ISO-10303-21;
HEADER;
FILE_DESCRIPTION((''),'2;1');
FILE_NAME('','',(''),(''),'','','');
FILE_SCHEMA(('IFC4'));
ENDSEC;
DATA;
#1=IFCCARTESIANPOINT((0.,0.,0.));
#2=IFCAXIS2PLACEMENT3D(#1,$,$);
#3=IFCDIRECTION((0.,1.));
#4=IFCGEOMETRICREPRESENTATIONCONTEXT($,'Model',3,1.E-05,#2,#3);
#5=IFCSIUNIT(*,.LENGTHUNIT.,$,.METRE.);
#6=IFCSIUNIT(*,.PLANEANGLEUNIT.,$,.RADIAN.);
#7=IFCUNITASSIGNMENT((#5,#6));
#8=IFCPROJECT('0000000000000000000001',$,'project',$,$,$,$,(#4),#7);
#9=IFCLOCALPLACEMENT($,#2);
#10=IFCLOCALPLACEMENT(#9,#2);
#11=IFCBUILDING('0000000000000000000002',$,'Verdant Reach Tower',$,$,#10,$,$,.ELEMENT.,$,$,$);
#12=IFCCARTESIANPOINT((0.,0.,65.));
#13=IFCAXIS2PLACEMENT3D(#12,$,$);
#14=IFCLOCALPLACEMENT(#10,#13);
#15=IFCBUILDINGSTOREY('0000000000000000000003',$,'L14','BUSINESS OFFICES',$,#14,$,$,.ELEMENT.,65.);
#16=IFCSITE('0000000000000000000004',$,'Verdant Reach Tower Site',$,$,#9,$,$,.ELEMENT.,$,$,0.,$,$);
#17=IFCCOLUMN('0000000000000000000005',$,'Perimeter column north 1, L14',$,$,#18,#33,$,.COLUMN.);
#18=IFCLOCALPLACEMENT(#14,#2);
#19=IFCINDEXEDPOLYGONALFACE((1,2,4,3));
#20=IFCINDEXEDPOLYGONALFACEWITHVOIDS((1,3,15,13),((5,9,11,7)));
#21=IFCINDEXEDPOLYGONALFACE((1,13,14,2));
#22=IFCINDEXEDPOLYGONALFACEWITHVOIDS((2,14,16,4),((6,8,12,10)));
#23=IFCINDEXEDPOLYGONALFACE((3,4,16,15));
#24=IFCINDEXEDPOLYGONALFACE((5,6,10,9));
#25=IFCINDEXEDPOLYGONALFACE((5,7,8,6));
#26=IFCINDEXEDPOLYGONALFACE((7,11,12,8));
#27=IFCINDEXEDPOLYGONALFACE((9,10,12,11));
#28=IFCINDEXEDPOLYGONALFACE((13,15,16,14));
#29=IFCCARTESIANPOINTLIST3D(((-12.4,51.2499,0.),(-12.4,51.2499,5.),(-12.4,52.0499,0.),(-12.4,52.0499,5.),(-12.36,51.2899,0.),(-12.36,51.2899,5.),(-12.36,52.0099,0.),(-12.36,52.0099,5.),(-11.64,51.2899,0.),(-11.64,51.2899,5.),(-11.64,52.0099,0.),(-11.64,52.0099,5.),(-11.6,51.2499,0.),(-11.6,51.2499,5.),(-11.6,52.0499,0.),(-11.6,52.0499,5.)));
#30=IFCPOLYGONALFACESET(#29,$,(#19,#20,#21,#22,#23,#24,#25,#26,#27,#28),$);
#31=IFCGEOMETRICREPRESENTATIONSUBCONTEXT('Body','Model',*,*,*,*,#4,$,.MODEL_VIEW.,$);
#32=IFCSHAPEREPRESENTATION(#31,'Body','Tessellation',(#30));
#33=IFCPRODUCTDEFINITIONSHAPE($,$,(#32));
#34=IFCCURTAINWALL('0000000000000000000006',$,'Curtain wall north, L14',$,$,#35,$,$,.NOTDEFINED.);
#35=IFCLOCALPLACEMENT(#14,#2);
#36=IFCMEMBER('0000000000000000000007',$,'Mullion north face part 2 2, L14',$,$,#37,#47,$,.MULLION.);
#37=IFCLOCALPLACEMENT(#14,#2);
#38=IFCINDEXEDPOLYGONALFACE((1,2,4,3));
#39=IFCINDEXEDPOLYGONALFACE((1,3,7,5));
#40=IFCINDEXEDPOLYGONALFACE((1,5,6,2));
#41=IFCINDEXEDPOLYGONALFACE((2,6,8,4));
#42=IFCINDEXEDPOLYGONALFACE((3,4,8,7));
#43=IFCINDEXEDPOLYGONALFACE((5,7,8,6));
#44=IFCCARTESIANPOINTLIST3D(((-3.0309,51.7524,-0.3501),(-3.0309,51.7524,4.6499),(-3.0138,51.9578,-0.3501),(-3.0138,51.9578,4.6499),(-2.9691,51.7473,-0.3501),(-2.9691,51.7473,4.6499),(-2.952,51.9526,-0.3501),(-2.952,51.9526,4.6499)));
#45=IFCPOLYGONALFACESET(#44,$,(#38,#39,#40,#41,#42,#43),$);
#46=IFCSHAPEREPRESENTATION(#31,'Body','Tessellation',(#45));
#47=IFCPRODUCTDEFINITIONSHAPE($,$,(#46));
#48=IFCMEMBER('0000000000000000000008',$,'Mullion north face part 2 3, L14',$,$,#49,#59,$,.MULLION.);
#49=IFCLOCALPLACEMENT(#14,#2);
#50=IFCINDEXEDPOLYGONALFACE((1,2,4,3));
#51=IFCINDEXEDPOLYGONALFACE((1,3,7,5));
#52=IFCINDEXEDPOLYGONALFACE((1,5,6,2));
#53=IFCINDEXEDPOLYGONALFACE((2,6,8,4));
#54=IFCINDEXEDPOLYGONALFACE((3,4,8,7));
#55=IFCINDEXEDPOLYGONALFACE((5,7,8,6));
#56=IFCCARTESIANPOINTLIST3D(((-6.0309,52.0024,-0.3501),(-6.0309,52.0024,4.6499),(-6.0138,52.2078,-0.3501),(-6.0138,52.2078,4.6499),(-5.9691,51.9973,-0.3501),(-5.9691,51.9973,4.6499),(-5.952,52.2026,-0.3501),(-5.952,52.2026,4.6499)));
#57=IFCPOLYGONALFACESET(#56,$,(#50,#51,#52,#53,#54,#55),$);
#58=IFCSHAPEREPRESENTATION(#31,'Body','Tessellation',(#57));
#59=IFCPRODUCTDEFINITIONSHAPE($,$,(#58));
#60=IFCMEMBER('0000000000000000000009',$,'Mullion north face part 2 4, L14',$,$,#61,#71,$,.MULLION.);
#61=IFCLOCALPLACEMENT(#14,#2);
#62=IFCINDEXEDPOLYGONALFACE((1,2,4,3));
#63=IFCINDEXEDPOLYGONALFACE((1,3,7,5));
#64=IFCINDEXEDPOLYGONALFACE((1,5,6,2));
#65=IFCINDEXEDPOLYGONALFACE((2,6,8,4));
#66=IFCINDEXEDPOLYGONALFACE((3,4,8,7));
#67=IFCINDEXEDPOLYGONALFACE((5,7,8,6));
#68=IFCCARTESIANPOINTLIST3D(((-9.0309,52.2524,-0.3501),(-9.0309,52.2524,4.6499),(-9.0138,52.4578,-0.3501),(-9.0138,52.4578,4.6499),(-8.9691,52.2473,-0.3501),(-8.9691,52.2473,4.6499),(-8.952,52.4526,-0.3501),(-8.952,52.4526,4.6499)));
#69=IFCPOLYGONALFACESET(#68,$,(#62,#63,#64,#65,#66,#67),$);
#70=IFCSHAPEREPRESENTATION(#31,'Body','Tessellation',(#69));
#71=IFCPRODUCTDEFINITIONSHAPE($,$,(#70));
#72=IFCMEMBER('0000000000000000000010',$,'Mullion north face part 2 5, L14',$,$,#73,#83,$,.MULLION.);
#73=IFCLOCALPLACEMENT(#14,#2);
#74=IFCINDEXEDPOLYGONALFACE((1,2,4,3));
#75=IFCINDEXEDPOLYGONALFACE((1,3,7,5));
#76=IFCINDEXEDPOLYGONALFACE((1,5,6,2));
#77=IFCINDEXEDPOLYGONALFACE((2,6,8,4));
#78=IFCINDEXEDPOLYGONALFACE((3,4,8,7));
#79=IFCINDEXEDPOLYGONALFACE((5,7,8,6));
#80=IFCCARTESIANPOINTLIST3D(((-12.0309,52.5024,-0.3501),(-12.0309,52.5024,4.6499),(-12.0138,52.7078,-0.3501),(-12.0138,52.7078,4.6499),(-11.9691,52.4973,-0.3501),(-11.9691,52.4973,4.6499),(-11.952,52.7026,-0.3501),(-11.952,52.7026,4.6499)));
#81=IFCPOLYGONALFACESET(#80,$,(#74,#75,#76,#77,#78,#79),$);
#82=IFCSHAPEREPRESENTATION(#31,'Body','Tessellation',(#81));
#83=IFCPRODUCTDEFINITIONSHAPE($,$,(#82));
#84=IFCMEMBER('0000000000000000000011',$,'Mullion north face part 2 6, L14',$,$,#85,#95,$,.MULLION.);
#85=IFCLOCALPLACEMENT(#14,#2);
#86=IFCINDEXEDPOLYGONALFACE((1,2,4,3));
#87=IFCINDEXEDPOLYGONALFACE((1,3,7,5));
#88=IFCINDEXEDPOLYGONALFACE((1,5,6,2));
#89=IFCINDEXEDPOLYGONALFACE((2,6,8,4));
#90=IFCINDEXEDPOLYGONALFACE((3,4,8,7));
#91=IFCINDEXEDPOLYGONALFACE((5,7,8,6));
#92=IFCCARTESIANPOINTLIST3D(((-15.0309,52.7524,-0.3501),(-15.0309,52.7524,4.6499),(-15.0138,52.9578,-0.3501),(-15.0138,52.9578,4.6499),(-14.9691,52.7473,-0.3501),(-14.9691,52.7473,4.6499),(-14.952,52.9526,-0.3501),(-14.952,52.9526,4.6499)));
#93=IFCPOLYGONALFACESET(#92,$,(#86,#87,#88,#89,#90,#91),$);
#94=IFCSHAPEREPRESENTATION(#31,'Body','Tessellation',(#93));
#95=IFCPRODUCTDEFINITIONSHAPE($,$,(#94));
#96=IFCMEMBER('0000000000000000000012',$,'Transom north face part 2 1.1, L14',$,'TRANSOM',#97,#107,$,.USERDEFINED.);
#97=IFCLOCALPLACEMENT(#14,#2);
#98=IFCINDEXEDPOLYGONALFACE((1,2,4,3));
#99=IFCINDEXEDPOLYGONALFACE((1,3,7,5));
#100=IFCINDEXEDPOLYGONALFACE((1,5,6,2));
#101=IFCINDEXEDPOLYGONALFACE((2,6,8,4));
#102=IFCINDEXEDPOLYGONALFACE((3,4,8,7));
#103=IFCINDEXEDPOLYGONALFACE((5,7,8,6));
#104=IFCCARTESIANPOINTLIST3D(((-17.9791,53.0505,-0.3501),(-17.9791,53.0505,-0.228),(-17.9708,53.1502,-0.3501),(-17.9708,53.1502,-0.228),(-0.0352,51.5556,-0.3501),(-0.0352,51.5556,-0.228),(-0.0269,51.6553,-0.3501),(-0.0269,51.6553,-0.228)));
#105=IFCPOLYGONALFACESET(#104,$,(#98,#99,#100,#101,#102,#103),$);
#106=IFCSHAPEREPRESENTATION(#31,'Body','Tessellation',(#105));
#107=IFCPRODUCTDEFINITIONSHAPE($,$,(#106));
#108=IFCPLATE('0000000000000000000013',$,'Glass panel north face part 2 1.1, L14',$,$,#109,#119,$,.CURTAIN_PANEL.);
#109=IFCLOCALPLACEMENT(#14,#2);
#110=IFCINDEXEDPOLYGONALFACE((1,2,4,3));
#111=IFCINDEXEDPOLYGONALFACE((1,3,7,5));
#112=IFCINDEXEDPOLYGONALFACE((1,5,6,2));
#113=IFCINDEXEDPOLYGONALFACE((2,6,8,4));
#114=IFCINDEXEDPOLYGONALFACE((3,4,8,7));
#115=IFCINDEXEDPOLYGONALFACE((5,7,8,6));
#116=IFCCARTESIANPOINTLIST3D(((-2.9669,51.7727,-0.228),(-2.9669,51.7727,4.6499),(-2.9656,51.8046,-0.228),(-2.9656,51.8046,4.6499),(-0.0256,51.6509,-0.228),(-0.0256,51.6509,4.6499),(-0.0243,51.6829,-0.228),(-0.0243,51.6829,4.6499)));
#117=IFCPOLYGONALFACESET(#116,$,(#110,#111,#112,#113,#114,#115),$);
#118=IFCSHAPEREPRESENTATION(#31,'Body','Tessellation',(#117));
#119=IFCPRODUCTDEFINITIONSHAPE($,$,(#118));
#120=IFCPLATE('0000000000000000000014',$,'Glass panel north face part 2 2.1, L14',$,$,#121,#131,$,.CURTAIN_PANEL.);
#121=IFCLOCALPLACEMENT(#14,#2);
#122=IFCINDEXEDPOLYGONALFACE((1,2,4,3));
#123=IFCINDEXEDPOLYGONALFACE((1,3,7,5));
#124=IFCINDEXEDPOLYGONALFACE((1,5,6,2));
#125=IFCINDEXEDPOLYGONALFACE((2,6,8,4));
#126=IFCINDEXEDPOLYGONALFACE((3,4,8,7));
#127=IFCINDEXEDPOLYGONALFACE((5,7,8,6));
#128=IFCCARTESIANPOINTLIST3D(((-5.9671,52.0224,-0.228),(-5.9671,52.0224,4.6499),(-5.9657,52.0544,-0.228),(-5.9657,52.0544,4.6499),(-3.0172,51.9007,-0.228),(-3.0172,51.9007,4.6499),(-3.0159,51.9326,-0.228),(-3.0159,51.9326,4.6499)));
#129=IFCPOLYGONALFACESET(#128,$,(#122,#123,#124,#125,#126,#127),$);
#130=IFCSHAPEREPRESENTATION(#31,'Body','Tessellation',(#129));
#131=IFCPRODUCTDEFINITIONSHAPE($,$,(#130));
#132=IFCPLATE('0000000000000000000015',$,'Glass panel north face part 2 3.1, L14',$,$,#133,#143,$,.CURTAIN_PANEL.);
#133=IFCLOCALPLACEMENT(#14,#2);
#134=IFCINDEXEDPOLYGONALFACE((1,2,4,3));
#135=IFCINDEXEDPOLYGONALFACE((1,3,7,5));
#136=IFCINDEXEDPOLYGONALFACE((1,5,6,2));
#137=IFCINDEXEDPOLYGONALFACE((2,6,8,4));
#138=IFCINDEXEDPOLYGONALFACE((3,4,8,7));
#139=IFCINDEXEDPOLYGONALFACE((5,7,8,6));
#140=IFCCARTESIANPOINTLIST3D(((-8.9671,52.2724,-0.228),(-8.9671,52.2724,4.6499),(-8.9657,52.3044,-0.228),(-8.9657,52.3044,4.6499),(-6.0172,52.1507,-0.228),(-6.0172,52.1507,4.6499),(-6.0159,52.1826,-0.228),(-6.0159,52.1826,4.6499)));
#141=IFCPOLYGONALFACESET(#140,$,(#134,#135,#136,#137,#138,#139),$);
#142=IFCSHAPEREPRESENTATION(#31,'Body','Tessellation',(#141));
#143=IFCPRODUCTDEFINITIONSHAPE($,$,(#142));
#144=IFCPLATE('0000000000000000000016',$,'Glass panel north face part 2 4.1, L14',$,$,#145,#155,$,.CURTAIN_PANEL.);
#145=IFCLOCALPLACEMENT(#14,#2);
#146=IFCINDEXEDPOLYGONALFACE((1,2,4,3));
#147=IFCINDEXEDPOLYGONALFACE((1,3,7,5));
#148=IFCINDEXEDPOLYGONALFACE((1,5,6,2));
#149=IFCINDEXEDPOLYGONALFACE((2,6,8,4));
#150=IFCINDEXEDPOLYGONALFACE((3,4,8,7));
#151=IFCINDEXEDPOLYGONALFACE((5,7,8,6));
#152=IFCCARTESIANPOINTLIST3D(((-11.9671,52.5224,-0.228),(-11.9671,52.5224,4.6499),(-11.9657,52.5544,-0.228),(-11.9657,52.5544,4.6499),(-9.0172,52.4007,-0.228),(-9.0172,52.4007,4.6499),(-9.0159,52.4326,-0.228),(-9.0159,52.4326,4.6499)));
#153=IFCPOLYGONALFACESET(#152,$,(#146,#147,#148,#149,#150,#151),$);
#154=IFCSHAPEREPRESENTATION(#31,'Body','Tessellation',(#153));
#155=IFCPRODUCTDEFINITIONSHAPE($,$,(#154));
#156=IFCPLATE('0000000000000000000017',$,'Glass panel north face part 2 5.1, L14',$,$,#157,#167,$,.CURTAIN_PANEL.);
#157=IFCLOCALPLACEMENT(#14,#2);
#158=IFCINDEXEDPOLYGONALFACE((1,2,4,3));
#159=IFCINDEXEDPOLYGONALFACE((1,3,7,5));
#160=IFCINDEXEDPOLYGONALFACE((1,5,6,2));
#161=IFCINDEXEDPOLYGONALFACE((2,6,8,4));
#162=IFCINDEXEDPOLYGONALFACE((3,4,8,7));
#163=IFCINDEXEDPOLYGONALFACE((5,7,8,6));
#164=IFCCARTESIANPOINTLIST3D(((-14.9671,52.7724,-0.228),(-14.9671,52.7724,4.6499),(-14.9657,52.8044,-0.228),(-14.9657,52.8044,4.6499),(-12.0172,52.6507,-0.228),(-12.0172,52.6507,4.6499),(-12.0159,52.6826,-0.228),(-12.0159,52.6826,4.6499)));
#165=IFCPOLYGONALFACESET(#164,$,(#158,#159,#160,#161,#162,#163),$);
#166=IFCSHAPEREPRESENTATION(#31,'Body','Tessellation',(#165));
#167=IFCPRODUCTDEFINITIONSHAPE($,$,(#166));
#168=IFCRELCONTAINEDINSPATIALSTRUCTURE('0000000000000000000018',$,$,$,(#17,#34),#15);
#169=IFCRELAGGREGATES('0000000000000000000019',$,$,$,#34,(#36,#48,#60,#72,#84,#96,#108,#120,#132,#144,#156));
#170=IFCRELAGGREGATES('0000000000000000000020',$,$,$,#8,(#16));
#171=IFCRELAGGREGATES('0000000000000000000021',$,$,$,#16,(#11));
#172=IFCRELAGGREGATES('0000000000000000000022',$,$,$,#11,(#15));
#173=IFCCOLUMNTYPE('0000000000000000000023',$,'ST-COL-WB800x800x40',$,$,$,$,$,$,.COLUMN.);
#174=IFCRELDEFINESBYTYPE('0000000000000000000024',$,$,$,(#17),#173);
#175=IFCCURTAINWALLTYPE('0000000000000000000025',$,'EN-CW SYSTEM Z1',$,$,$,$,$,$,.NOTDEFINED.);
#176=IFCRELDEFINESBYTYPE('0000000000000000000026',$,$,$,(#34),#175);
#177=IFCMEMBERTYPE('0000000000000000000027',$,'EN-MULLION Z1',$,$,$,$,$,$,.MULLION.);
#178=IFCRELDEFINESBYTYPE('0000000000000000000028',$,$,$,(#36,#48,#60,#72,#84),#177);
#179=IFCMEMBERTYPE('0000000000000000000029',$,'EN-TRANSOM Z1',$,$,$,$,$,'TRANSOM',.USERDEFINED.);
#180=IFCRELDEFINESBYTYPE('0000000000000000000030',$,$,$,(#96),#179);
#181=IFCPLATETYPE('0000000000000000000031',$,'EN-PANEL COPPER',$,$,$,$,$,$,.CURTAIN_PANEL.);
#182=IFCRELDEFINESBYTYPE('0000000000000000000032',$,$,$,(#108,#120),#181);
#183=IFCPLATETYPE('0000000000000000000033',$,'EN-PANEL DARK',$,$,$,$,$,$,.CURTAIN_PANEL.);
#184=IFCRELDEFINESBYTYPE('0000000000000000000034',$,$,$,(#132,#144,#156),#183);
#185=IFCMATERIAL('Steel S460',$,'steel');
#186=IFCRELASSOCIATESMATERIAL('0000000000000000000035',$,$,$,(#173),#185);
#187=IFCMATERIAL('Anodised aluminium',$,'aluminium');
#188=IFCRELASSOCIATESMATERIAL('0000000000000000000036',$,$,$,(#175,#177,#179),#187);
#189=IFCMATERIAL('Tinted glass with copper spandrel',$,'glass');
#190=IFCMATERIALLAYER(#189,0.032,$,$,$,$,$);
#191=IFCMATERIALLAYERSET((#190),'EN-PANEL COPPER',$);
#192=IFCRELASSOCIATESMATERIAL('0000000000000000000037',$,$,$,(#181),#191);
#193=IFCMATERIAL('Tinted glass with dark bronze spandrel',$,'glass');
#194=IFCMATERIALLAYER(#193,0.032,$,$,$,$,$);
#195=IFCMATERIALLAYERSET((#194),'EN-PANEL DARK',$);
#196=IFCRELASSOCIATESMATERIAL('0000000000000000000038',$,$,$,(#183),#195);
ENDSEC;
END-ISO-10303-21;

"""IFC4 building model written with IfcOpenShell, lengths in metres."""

from ifc_helpers import new_model, si_unit, direction, frame, origin, origin_2d, place, context, subcontext, project, spatial, rectangle, hollow_rectangle, extrude, material, layer, layer_set, material_profile, profile_set, type_object, element, aggregate, save


model = new_model("IFC4")

# Units and contexts
model_context = context("Model", 3, precision=1e-05, world=origin(), true_north=direction((0.0, 1.0)))
body_context = subcontext(model_context, "Body", "Model", "MODEL_VIEW")
ifc_project = project(units=[si_unit("LENGTHUNIT", "METRE"), si_unit("PLANEANGLEUNIT", "RADIAN")], contexts=[model_context])

# Site, building, storey
site_placement = place(None, origin())
site = spatial("IfcSite", under=ifc_project, at=site_placement, Name="Verdant Reach Tower Site", CompositionType="ELEMENT", RefElevation=0.0)
building_placement = place(site_placement, origin())
building = spatial("IfcBuilding", under=site, at=building_placement, Name="Verdant Reach Tower", CompositionType="ELEMENT")
storey_placement = place(building_placement, frame((0.0, 0.0, 65.0)))
storey = spatial("IfcBuildingStorey", under=building, at=storey_placement, Name="L14", Description="BUSINESS OFFICES", CompositionType="ELEMENT", Elevation=65.0)

# Column
ifc_material_1 = material(Name="Steel S460", Category="steel")
ifc_material_profile_1 = material_profile(ifc_material_1, hollow_rectangle(XDim=0.8, YDim=0.8, WallThickness=0.04, at=origin_2d()), Name="WB 800x800x40")
ifc_profile_set_1 = profile_set([ifc_material_profile_1], Name="Steel S460")
column_type = type_object("IfcColumnType", Name="ST-COL-WB800x800x40", PredefinedType="COLUMN", material=ifc_profile_set_1)
column_placement = place(storey_placement, frame((-12.0, 51.6499, 0.0), z_axis=(0.0, 0.0, 1.0), x_axis=(1.0, 0.0, 0.0)))
element("IfcColumn", 1, at=column_placement, inside=storey, type_object=column_type, Name="Perimeter column north 1, L14", PredefinedType="COLUMN", context=body_context, shape_type="SweptSolid", body=[
    extrude(hollow_rectangle(XDim=0.8, YDim=0.8, WallThickness=0.04, at=origin_2d()), origin(), (0.0, 0.0, 1.0), 5.0),
])

# Curtain wall, members, plates
ifc_material_2 = material(Name="Anodised aluminium", Category="aluminium")
curtain_wall_type = type_object("IfcCurtainWallType", Name="EN-CW SYSTEM Z1", PredefinedType="NOTDEFINED", material=ifc_material_2)
curtain_wall_placement = place(storey_placement, origin())
curtain_wall = element("IfcCurtainWall", 2, at=curtain_wall_placement, inside=storey, type_object=curtain_wall_type, Name="Curtain wall north, L14", PredefinedType="NOTDEFINED")
ifc_material_profile_2 = material_profile(ifc_material_2, rectangle(XDim=0.2061, YDim=0.062, at=origin_2d()), Name="Mullion 62x206")
ifc_profile_set_2 = profile_set([ifc_material_profile_2], Name="Anodised aluminium")
member_type_1 = type_object("IfcMemberType", Name="EN-MULLION Z1", PredefinedType="MULLION", material=ifc_profile_set_2)
member_1_placement = place(storey_placement, frame((-2.9915, 51.8525, -0.3501), z_axis=(0.0, 0.0, 1.0), x_axis=(0.083045, 0.996546, 0.0)))
member_1 = element("IfcMember", 3, at=member_1_placement, type_object=member_type_1, Name="Mullion north face part 2 2, L14", PredefinedType="MULLION", context=body_context, shape_type="SweptSolid", body=[
    extrude(rectangle(XDim=0.2061, YDim=0.062, at=origin_2d()), origin(), (0.0, 0.0, 1.0), 5.0),
])
member_2_placement = place(storey_placement, frame((-5.9915, 52.1025, -0.3501), z_axis=(0.0, 0.0, 1.0), x_axis=(0.083045, 0.996546, 0.0)))
member_2 = element("IfcMember", 4, at=member_2_placement, type_object=member_type_1, Name="Mullion north face part 2 3, L14", PredefinedType="MULLION", context=body_context, shape_type="SweptSolid", body=[
    extrude(rectangle(XDim=0.2061, YDim=0.062, at=origin_2d()), origin(), (0.0, 0.0, 1.0), 5.0),
])
member_3_placement = place(storey_placement, frame((-8.9915, 52.3525, -0.3501), z_axis=(0.0, 0.0, 1.0), x_axis=(0.083045, 0.996546, 0.0)))
member_3 = element("IfcMember", 5, at=member_3_placement, type_object=member_type_1, Name="Mullion north face part 2 4, L14", PredefinedType="MULLION", context=body_context, shape_type="SweptSolid", body=[
    extrude(rectangle(XDim=0.2061, YDim=0.062, at=origin_2d()), origin(), (0.0, 0.0, 1.0), 5.0),
])
member_4_placement = place(storey_placement, frame((-11.9915, 52.6025, -0.3501), z_axis=(0.0, 0.0, 1.0), x_axis=(0.083045, 0.996546, 0.0)))
member_4 = element("IfcMember", 6, at=member_4_placement, type_object=member_type_1, Name="Mullion north face part 2 5, L14", PredefinedType="MULLION", context=body_context, shape_type="SweptSolid", body=[
    extrude(rectangle(XDim=0.2061, YDim=0.062, at=origin_2d()), origin(), (0.0, 0.0, 1.0), 5.0),
])
member_5_placement = place(storey_placement, frame((-14.9915, 52.8525, -0.3501), z_axis=(0.0, 0.0, 1.0), x_axis=(0.083045, 0.996546, 0.0)))
member_5 = element("IfcMember", 7, at=member_5_placement, type_object=member_type_1, Name="Mullion north face part 2 6, L14", PredefinedType="MULLION", context=body_context, shape_type="SweptSolid", body=[
    extrude(rectangle(XDim=0.2061, YDim=0.062, at=origin_2d()), origin(), (0.0, 0.0, 1.0), 5.0),
])
ifc_material_profile_3 = material_profile(ifc_material_2, rectangle(XDim=0.1001, YDim=0.1221, at=origin_2d()), Name="Transom 122x100")
ifc_profile_set_3 = profile_set([ifc_material_profile_3], Name="Anodised aluminium")
member_type_2 = type_object("IfcMemberType", Name="EN-TRANSOM Z1", ElementType="TRANSOM", PredefinedType="USERDEFINED", material=ifc_profile_set_3)
member_6_placement = place(storey_placement, frame((-0.031, 51.6055, -0.2891), z_axis=(-0.996548, 0.083021, 0.0), x_axis=(-0.083021, -0.996548, 0.0)))
member_6 = element("IfcMember", 8, at=member_6_placement, type_object=member_type_2, Name="Transom north face part 2 1.1, L14", ObjectType="TRANSOM", PredefinedType="USERDEFINED", context=body_context, shape_type="SweptSolid", body=[
    extrude(rectangle(XDim=0.1001, YDim=0.1221, at=origin_2d()), origin(), (0.0, 0.0, 1.0), 18.0061),
])
ifc_material_3 = material(Name="Tinted glass with copper spandrel", Category="glass")
ifc_layer_1 = layer(ifc_material_3, 0.032)
ifc_layer_set_1 = layer_set([ifc_layer_1], Name="EN-PANEL COPPER")
plate_type_1 = type_object("IfcPlateType", Name="EN-PANEL COPPER", PredefinedType="CURTAIN_PANEL", material=ifc_layer_set_1)
plate_1_placement = place(storey_placement, frame((-1.4956, 51.7278, -0.228), z_axis=(0.0, 0.0, 1.0), x_axis=(-0.999144, 0.04136, 0.0)))
plate_1 = element("IfcPlate", 9, at=plate_1_placement, type_object=plate_type_1, Name="Glass panel north face part 2 1.1, L14", PredefinedType="CURTAIN_PANEL", context=body_context, shape_type="SweptSolid", body=[
    extrude(rectangle(XDim=2.9438, YDim=0.032, at=origin_2d()), origin(), (0.0, 0.0, 1.0), 4.8779),
])
plate_2_placement = place(storey_placement, frame((-4.4915, 51.9775, -0.228), z_axis=(0.0, 0.0, 1.0), x_axis=(-0.999149, 0.041242, 0.0)))
plate_2 = element("IfcPlate", 10, at=plate_2_placement, type_object=plate_type_1, Name="Glass panel north face part 2 2.1, L14", PredefinedType="CURTAIN_PANEL", context=body_context, shape_type="SweptSolid", body=[
    extrude(rectangle(XDim=2.9524, YDim=0.032, at=origin_2d()), origin(), (0.0, 0.0, 1.0), 4.8779),
])
ifc_material_4 = material(Name="Tinted glass with dark bronze spandrel", Category="glass")
ifc_layer_2 = layer(ifc_material_4, 0.032)
ifc_layer_set_2 = layer_set([ifc_layer_2], Name="EN-PANEL DARK")
plate_type_2 = type_object("IfcPlateType", Name="EN-PANEL DARK", PredefinedType="CURTAIN_PANEL", material=ifc_layer_set_2)
plate_3_placement = place(storey_placement, frame((-7.4915, 52.2275, -0.228), z_axis=(0.0, 0.0, 1.0), x_axis=(-0.999149, 0.041242, 0.0)))
plate_3 = element("IfcPlate", 11, at=plate_3_placement, type_object=plate_type_2, Name="Glass panel north face part 2 3.1, L14", PredefinedType="CURTAIN_PANEL", context=body_context, shape_type="SweptSolid", body=[
    extrude(rectangle(XDim=2.9524, YDim=0.032, at=origin_2d()), origin(), (0.0, 0.0, 1.0), 4.8779),
])
plate_4_placement = place(storey_placement, frame((-10.4915, 52.4775, -0.228), z_axis=(0.0, 0.0, 1.0), x_axis=(-0.999149, 0.041242, 0.0)))
plate_4 = element("IfcPlate", 12, at=plate_4_placement, type_object=plate_type_2, Name="Glass panel north face part 2 4.1, L14", PredefinedType="CURTAIN_PANEL", context=body_context, shape_type="SweptSolid", body=[
    extrude(rectangle(XDim=2.9524, YDim=0.032, at=origin_2d()), origin(), (0.0, 0.0, 1.0), 4.8779),
])
plate_5_placement = place(storey_placement, frame((-13.4915, 52.7275, -0.228), z_axis=(0.0, 0.0, 1.0), x_axis=(-0.999149, 0.041242, 0.0)))
plate_5 = element("IfcPlate", 13, at=plate_5_placement, type_object=plate_type_2, Name="Glass panel north face part 2 5.1, L14", PredefinedType="CURTAIN_PANEL", context=body_context, shape_type="SweptSolid", body=[
    extrude(rectangle(XDim=2.9524, YDim=0.032, at=origin_2d()), origin(), (0.0, 0.0, 1.0), 4.8779),
])
aggregate(curtain_wall, [member_1, member_2, member_3, member_4, member_5, member_6, plate_1, plate_2, plate_3, plate_4, plate_5])

save(model, "model.ifc")
